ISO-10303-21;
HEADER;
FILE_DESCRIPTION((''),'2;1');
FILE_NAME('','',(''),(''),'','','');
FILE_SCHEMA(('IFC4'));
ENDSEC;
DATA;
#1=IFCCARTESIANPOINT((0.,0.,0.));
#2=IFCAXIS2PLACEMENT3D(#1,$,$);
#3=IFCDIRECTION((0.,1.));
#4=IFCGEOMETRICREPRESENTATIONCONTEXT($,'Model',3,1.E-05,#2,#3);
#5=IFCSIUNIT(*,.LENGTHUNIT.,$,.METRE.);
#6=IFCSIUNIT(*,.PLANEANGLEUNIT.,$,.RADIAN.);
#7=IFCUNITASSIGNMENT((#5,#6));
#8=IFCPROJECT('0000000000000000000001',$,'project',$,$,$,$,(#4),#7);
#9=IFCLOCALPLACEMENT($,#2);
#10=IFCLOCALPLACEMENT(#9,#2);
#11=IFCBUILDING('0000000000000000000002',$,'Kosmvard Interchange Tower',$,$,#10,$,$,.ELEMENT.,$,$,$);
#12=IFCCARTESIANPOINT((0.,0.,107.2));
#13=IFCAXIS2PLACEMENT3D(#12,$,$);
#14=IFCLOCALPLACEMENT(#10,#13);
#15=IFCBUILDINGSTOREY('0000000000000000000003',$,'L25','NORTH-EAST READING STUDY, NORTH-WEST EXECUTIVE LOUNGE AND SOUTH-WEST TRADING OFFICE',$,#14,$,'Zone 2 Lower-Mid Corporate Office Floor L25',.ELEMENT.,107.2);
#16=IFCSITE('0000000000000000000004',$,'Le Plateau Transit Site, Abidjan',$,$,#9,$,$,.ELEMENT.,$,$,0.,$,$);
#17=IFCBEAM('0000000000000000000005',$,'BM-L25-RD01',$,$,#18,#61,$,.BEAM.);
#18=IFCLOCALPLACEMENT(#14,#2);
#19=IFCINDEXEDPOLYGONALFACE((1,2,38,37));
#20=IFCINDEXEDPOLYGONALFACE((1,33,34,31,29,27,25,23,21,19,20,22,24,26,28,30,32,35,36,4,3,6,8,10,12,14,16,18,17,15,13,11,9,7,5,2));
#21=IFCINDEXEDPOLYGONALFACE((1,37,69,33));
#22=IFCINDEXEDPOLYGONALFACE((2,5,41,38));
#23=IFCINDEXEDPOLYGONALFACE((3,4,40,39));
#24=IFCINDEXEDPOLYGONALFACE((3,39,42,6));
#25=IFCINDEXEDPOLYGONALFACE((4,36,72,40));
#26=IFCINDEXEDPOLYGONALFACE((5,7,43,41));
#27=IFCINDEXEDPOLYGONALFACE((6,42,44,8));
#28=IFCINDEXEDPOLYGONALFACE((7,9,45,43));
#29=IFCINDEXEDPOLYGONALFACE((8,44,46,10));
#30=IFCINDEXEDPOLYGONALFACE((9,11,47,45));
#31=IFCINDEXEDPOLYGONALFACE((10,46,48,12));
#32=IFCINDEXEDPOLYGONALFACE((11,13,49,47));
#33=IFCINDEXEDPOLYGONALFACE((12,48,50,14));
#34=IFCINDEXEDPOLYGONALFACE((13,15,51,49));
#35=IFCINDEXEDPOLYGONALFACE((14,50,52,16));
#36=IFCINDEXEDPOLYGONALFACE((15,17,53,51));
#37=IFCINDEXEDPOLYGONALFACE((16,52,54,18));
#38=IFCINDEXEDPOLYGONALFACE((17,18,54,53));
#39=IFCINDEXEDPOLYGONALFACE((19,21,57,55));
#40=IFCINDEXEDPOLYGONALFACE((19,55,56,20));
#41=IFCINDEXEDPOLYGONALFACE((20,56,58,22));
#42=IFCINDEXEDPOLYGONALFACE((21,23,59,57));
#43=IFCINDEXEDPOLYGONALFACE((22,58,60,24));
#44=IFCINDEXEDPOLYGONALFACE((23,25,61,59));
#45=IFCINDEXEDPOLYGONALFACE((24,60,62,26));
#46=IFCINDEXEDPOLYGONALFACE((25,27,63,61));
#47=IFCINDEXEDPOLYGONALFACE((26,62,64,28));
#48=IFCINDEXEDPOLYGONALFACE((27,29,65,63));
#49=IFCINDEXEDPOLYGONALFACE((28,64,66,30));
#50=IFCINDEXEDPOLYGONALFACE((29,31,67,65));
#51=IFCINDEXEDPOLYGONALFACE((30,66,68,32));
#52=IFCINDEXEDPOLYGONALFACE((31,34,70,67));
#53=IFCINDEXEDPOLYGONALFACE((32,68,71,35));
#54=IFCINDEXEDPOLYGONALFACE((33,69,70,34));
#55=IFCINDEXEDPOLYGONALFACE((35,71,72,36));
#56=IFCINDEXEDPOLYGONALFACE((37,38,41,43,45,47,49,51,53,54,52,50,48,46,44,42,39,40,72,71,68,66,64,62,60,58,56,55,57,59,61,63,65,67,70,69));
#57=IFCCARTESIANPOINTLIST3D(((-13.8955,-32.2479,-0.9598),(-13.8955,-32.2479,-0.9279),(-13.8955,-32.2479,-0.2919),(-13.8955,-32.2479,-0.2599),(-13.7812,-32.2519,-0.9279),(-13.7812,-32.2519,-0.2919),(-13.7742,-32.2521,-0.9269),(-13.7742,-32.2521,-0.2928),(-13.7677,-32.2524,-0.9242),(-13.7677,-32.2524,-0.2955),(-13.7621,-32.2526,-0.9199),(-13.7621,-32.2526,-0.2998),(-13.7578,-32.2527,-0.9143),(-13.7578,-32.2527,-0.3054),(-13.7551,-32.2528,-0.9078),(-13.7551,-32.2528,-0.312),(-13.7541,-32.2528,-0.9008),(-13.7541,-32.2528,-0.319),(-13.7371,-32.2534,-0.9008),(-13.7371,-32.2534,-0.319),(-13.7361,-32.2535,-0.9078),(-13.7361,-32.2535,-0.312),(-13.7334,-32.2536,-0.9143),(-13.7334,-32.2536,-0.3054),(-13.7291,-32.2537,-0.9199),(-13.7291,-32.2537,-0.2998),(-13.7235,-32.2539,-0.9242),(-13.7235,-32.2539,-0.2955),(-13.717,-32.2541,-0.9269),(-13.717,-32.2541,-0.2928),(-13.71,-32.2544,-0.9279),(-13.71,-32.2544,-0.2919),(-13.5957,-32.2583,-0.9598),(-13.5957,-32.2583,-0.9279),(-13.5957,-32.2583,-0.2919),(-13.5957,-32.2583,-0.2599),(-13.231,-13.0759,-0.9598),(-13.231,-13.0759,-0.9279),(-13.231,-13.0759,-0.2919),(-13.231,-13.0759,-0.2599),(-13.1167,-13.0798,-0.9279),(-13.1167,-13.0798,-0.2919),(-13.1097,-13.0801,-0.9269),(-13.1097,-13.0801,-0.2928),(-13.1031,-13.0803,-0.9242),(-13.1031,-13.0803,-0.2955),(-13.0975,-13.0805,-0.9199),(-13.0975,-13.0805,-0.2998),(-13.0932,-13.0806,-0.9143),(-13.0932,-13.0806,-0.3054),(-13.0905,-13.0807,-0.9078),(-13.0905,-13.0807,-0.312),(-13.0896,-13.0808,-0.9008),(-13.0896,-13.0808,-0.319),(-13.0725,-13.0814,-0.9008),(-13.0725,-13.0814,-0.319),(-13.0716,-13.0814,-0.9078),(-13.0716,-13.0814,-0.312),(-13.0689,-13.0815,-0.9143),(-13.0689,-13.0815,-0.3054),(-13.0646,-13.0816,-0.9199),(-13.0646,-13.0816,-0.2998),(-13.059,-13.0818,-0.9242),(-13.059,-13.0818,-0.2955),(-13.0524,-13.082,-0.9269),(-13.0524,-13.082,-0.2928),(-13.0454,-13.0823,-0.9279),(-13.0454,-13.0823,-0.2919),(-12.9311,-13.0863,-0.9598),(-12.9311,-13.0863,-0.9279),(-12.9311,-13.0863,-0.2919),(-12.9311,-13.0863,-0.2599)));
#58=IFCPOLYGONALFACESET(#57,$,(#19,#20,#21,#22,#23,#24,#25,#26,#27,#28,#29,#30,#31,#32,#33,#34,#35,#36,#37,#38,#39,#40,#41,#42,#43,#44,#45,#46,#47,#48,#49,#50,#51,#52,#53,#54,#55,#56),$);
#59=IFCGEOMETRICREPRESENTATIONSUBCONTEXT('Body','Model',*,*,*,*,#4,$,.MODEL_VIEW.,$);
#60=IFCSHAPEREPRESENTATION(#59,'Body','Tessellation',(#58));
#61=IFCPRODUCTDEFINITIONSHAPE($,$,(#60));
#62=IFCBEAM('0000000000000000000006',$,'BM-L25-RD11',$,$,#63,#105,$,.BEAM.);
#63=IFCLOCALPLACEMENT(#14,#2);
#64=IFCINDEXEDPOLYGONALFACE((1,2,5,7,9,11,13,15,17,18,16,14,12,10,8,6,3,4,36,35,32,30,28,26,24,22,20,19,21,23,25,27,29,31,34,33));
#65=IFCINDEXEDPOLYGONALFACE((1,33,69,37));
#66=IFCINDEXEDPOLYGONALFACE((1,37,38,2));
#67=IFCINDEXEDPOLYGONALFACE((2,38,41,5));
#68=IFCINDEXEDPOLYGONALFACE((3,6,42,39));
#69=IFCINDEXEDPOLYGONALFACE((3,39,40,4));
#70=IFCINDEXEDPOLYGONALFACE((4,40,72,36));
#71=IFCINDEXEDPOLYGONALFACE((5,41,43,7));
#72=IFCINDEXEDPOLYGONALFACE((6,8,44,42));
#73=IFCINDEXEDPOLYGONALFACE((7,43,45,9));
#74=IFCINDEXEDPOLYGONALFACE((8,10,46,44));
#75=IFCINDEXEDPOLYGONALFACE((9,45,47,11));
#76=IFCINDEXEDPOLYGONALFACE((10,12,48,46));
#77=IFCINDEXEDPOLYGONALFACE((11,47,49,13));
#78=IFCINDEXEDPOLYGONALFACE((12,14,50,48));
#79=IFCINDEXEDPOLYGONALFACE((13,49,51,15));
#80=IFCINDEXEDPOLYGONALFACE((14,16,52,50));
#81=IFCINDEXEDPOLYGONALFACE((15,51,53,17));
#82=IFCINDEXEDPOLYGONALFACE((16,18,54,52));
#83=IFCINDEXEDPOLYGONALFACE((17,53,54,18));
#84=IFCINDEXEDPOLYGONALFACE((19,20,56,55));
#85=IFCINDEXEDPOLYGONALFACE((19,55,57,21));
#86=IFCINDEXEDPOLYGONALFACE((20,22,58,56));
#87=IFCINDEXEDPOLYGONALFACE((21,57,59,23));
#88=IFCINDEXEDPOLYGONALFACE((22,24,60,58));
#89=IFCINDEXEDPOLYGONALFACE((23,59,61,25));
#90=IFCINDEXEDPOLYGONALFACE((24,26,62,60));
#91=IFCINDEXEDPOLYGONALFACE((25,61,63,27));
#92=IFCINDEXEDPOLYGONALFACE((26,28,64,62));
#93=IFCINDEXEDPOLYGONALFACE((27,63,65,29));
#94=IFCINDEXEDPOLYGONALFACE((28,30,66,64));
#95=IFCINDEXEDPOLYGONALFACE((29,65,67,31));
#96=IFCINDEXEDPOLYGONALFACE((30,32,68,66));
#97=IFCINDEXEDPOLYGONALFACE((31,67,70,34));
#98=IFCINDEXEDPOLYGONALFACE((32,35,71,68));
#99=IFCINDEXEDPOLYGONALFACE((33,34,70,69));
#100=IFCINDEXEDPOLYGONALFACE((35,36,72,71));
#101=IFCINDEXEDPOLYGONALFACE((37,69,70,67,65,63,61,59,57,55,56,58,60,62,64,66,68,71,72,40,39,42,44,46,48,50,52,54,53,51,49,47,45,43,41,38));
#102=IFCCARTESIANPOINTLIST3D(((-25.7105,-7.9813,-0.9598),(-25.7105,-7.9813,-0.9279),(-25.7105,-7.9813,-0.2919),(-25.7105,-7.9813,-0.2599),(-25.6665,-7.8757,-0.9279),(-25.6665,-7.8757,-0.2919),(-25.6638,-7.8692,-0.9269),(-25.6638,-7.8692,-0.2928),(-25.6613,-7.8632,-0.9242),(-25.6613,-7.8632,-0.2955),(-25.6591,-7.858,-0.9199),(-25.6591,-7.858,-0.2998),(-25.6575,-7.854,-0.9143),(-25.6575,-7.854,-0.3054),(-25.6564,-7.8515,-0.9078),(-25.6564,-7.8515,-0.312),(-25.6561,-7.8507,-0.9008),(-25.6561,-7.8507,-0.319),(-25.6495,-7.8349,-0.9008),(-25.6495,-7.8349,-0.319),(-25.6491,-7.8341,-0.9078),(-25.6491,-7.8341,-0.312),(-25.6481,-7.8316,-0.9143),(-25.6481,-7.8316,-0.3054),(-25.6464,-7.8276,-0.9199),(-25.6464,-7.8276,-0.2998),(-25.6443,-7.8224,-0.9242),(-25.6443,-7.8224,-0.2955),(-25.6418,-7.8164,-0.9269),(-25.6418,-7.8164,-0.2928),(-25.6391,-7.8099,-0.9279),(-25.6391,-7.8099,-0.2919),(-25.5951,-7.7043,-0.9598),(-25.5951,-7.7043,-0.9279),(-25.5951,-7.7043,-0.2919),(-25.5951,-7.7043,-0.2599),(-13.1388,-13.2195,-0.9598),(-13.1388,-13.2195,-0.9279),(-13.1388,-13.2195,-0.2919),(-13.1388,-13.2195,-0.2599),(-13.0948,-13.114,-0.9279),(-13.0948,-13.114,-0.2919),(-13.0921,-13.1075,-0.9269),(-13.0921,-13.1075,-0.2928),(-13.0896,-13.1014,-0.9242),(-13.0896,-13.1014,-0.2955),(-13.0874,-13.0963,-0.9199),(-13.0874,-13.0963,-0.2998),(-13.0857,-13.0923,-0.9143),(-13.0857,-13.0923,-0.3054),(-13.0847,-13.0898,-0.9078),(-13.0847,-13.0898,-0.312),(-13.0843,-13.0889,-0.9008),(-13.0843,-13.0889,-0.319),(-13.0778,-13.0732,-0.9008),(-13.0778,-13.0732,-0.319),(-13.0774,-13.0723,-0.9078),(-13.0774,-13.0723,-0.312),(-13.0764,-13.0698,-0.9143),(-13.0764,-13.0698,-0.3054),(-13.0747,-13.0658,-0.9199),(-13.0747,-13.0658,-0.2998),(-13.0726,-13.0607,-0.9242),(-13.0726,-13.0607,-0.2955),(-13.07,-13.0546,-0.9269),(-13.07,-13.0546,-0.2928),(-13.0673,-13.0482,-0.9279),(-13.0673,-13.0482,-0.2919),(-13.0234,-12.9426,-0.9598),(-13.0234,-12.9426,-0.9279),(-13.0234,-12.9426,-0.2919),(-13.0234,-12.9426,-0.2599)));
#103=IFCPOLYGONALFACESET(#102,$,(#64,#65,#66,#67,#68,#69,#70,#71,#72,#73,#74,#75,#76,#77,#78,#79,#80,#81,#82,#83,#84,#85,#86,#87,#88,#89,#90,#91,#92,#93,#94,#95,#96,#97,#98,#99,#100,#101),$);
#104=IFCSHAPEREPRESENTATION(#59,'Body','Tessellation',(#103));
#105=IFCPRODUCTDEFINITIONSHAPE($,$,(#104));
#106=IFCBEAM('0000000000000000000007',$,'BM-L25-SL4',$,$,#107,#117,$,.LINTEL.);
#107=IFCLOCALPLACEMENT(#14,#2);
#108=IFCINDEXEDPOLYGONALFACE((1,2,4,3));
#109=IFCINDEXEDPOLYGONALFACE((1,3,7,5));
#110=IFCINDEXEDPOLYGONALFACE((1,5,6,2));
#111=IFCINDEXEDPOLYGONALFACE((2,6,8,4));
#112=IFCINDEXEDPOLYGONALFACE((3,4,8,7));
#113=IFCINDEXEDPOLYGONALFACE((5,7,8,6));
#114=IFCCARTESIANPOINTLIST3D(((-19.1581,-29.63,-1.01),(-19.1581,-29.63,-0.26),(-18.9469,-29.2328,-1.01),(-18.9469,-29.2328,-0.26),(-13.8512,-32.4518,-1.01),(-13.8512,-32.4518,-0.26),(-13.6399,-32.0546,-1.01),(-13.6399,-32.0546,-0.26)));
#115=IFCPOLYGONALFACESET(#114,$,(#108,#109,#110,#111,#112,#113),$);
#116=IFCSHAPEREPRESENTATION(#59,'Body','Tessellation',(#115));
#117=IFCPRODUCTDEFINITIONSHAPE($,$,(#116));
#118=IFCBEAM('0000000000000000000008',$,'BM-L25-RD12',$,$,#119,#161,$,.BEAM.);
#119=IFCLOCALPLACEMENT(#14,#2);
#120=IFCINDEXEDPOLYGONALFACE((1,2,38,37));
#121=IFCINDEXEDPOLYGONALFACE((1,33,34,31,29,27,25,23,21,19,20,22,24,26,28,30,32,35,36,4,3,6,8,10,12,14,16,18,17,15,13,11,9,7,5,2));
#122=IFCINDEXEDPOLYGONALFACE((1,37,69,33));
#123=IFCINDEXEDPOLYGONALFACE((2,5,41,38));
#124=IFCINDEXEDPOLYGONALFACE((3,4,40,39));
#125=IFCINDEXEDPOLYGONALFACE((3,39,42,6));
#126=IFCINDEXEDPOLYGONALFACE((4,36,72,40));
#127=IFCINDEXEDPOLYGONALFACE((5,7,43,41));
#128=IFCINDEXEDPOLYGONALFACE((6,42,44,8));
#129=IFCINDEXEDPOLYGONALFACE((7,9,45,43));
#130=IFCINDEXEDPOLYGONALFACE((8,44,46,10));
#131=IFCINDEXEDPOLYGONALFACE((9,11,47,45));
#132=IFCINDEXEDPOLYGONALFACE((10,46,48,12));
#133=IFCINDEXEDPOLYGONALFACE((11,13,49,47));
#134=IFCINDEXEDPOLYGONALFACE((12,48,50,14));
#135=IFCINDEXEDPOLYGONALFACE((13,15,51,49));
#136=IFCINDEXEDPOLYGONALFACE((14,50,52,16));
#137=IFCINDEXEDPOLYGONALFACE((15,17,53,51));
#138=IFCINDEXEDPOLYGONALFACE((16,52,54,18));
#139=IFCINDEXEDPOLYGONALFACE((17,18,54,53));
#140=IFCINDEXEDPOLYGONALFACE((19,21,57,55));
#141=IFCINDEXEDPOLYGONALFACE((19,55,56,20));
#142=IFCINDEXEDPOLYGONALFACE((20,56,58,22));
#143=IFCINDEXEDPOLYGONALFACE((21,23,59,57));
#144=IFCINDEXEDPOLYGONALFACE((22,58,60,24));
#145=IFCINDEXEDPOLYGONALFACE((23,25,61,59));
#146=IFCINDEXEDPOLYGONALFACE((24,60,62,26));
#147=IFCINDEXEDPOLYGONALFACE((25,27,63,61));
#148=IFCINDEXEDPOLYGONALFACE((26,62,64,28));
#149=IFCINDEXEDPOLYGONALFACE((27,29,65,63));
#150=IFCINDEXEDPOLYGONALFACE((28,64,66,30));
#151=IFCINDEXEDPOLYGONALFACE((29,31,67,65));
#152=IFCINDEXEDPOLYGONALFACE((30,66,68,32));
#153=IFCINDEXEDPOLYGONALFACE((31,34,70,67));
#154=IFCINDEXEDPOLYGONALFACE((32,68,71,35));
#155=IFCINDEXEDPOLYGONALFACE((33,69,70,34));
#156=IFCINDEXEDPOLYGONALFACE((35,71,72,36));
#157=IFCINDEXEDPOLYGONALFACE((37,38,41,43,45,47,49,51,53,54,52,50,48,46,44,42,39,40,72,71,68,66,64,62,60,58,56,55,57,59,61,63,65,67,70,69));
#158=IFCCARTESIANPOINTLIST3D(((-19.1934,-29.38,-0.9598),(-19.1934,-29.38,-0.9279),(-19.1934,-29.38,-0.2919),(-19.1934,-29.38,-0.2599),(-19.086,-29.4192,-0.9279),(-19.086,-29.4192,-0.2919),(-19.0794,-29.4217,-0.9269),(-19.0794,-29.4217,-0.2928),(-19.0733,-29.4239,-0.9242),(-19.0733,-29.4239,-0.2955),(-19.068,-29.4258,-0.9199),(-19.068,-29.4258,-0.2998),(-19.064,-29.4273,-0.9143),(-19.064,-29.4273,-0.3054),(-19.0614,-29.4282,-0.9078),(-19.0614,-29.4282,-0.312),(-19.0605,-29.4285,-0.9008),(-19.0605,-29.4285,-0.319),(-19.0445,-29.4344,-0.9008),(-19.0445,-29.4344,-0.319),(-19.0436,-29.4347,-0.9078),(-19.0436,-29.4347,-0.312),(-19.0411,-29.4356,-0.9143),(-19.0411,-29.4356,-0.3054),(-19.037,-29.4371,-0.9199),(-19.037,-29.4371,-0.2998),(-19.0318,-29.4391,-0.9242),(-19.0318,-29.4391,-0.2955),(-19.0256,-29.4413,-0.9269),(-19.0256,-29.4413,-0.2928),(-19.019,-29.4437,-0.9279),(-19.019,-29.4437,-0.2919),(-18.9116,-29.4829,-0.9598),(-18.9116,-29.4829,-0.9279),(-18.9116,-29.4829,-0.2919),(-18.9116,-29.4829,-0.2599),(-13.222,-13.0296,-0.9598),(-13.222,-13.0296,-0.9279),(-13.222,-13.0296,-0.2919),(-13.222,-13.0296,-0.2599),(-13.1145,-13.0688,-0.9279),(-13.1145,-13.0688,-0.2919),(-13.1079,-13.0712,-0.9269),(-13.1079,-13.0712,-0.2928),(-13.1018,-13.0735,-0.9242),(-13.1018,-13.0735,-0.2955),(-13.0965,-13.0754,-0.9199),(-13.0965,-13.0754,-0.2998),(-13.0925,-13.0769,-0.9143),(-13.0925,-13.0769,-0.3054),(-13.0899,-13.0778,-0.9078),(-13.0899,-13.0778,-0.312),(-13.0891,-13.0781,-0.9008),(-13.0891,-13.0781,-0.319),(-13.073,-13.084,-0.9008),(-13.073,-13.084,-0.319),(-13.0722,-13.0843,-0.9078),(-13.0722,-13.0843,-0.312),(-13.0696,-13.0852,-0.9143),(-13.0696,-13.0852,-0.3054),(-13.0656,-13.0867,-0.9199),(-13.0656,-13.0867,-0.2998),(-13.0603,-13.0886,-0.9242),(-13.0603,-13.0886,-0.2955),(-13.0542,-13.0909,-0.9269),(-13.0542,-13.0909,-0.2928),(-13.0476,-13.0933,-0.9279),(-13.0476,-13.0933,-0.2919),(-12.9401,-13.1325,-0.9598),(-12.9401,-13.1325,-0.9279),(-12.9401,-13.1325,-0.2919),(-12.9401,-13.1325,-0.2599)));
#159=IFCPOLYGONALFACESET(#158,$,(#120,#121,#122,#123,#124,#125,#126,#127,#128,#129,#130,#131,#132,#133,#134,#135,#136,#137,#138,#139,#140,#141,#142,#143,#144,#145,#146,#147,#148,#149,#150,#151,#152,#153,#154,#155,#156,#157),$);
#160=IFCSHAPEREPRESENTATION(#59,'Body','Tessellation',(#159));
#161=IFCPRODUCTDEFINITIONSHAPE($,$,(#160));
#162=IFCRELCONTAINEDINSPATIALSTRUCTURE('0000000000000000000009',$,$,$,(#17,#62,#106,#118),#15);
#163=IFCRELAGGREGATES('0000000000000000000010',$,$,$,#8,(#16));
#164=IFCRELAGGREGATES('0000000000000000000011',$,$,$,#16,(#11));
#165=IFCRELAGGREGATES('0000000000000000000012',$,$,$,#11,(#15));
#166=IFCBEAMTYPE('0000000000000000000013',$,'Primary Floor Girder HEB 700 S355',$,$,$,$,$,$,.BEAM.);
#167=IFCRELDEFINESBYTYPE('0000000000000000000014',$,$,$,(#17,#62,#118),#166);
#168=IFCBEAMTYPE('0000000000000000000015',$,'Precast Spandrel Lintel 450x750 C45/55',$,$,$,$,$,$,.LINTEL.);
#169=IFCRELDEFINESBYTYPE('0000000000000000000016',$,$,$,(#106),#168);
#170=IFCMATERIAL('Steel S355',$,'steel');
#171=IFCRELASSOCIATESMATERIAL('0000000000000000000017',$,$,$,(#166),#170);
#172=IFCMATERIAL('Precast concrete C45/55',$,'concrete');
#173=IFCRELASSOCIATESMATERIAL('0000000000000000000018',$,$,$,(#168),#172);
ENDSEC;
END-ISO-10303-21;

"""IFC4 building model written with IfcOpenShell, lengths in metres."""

from ifc_helpers import new_model, si_unit, direction, frame, origin, origin_2d, place, context, subcontext, project, spatial, rectangle, i_section, extrude, source, transform, mapped, material, material_profile, profile_set, type_object, element, save


model = new_model("IFC4")

# Units and contexts
model_context = context("Model", 3, precision=1e-05, world=origin(), true_north=direction((0.0, 1.0)))
body_context = subcontext(model_context, "Body", "Model", "MODEL_VIEW")
ifc_project = project(units=[si_unit("LENGTHUNIT", "METRE"), si_unit("PLANEANGLEUNIT", "RADIAN")], contexts=[model_context])

# Site, building, storey
site_placement = place(None, origin())
site = spatial("IfcSite", under=ifc_project, at=site_placement, Name="Le Plateau Transit Site, Abidjan", CompositionType="ELEMENT", RefElevation=0.0)
building_placement = place(site_placement, origin())
building = spatial("IfcBuilding", under=site, at=building_placement, Name="Kosmvard Interchange Tower", CompositionType="ELEMENT")
storey_placement = place(building_placement, frame((0.0, 0.0, 107.2)))
storey = spatial("IfcBuildingStorey", under=building, at=storey_placement, Name="L25", Description="NORTH-EAST READING STUDY, NORTH-WEST EXECUTIVE LOUNGE AND SOUTH-WEST TRADING OFFICE", LongName="Zone 2 Lower-Mid Corporate Office Floor L25", CompositionType="ELEMENT", Elevation=107.2)

# Beams
ifc_material_1 = material(Name="Steel S355", Category="steel")
ifc_material_profile_1 = material_profile(ifc_material_1, i_section(OverallWidth=0.3, OverallDepth=0.7, WebThickness=0.0171, FlangeThickness=0.032, FilletRadius=0.0271, at=origin_2d()), Name="HEB 700")
ifc_profile_set_1 = profile_set([ifc_material_profile_1], Name="Steel S355")
beam_type_1 = type_object("IfcBeamType", Name="Primary Floor Girder HEB 700 S355", PredefinedType="BEAM", material=ifc_profile_set_1)
shared_shape_1 = source(origin(), body_context, "Body", "SweptSolid", [
    extrude(i_section(OverallWidth=0.3, OverallDepth=0.7, WebThickness=0.0171, FlangeThickness=0.032, FilletRadius=0.0271, at=origin_2d()), origin(), (0.0, 0.0, 1.0), 19.1836),
])
beam_1_placement = place(storey_placement, frame((-13.0811, -13.0811, -0.6099), z_axis=(-0.034642, -0.9994, 0.0), x_axis=(0.9994, -0.034642, 0.0)))
element("IfcBeam", 1, at=beam_1_placement, inside=storey, type_object=beam_type_1, Name="BM-L25-RD01", PredefinedType="BEAM", context=body_context, shape_type="MappedRepresentation", body=[
    mapped(shared_shape_1, transform((0.0, 0.0, 0.0), scale=1.0)),
])
shared_shape_2 = source(origin(), body_context, "Body", "SweptSolid", [
    extrude(i_section(OverallWidth=0.3, OverallDepth=0.7, WebThickness=0.0171, FlangeThickness=0.032, FilletRadius=0.0271, at=origin_2d()), origin(), (0.0, 0.0, 1.0), 13.6194),
])
beam_2_placement = place(storey_placement, frame((-13.0811, -13.0811, -0.6099), z_axis=(-0.923076, 0.384618, 0.0), x_axis=(-0.384618, -0.923076, 0.0)))
element("IfcBeam", 2, at=beam_2_placement, inside=storey, type_object=beam_type_1, Name="BM-L25-RD11", PredefinedType="BEAM", context=body_context, shape_type="MappedRepresentation", body=[
    mapped(shared_shape_2, transform((0.0, 0.0, 0.0), scale=1.0)),
])
ifc_material_2 = material(Name="Precast concrete C45/55", Category="concrete")
ifc_material_profile_2 = material_profile(ifc_material_2, rectangle(XDim=0.45, YDim=0.75, at=origin_2d()), Name="SL 450x750")
ifc_profile_set_2 = profile_set([ifc_material_profile_2], Name="Precast concrete C45/55")
beam_type_2 = type_object("IfcBeamType", Name="Precast Spandrel Lintel 450x750 C45/55", PredefinedType="LINTEL", material=ifc_profile_set_2)
shared_shape_3 = source(origin(), body_context, "Body", "SweptSolid", [
    extrude(rectangle(XDim=0.45, YDim=0.75, at=origin_2d()), origin(), (0.0, 0.0, 1.0), 6.0105),
])
beam_3_placement = place(storey_placement, frame((-19.0525, -29.4314, -0.635), z_axis=(0.882944, -0.469479, 0.0), x_axis=(0.469479, 0.882944, 0.0)))
element("IfcBeam", 3, at=beam_3_placement, inside=storey, type_object=beam_type_2, Name="BM-L25-SL4", PredefinedType="LINTEL", context=body_context, shape_type="MappedRepresentation", body=[
    mapped(shared_shape_3, transform((0.0, 0.0, 0.0), scale=1.0)),
])
shared_shape_4 = source(origin(), body_context, "Body", "SweptSolid", [
    extrude(i_section(OverallWidth=0.3, OverallDepth=0.7, WebThickness=0.0171, FlangeThickness=0.032, FilletRadius=0.0271, at=origin_2d()), origin(), (0.0, 0.0, 1.0), 17.4067),
])
beam_4_placement = place(storey_placement, frame((-13.0811, -13.0811, -0.6099), z_axis=(-0.343055, -0.939315, 0.0), x_axis=(0.939315, -0.343055, 0.0)))
element("IfcBeam", 4, at=beam_4_placement, inside=storey, type_object=beam_type_1, Name="BM-L25-RD12", PredefinedType="BEAM", context=body_context, shape_type="MappedRepresentation", body=[
    mapped(shared_shape_4, transform((0.0, 0.0, 0.0), scale=1.0)),
])

save(model, "model.ifc")
